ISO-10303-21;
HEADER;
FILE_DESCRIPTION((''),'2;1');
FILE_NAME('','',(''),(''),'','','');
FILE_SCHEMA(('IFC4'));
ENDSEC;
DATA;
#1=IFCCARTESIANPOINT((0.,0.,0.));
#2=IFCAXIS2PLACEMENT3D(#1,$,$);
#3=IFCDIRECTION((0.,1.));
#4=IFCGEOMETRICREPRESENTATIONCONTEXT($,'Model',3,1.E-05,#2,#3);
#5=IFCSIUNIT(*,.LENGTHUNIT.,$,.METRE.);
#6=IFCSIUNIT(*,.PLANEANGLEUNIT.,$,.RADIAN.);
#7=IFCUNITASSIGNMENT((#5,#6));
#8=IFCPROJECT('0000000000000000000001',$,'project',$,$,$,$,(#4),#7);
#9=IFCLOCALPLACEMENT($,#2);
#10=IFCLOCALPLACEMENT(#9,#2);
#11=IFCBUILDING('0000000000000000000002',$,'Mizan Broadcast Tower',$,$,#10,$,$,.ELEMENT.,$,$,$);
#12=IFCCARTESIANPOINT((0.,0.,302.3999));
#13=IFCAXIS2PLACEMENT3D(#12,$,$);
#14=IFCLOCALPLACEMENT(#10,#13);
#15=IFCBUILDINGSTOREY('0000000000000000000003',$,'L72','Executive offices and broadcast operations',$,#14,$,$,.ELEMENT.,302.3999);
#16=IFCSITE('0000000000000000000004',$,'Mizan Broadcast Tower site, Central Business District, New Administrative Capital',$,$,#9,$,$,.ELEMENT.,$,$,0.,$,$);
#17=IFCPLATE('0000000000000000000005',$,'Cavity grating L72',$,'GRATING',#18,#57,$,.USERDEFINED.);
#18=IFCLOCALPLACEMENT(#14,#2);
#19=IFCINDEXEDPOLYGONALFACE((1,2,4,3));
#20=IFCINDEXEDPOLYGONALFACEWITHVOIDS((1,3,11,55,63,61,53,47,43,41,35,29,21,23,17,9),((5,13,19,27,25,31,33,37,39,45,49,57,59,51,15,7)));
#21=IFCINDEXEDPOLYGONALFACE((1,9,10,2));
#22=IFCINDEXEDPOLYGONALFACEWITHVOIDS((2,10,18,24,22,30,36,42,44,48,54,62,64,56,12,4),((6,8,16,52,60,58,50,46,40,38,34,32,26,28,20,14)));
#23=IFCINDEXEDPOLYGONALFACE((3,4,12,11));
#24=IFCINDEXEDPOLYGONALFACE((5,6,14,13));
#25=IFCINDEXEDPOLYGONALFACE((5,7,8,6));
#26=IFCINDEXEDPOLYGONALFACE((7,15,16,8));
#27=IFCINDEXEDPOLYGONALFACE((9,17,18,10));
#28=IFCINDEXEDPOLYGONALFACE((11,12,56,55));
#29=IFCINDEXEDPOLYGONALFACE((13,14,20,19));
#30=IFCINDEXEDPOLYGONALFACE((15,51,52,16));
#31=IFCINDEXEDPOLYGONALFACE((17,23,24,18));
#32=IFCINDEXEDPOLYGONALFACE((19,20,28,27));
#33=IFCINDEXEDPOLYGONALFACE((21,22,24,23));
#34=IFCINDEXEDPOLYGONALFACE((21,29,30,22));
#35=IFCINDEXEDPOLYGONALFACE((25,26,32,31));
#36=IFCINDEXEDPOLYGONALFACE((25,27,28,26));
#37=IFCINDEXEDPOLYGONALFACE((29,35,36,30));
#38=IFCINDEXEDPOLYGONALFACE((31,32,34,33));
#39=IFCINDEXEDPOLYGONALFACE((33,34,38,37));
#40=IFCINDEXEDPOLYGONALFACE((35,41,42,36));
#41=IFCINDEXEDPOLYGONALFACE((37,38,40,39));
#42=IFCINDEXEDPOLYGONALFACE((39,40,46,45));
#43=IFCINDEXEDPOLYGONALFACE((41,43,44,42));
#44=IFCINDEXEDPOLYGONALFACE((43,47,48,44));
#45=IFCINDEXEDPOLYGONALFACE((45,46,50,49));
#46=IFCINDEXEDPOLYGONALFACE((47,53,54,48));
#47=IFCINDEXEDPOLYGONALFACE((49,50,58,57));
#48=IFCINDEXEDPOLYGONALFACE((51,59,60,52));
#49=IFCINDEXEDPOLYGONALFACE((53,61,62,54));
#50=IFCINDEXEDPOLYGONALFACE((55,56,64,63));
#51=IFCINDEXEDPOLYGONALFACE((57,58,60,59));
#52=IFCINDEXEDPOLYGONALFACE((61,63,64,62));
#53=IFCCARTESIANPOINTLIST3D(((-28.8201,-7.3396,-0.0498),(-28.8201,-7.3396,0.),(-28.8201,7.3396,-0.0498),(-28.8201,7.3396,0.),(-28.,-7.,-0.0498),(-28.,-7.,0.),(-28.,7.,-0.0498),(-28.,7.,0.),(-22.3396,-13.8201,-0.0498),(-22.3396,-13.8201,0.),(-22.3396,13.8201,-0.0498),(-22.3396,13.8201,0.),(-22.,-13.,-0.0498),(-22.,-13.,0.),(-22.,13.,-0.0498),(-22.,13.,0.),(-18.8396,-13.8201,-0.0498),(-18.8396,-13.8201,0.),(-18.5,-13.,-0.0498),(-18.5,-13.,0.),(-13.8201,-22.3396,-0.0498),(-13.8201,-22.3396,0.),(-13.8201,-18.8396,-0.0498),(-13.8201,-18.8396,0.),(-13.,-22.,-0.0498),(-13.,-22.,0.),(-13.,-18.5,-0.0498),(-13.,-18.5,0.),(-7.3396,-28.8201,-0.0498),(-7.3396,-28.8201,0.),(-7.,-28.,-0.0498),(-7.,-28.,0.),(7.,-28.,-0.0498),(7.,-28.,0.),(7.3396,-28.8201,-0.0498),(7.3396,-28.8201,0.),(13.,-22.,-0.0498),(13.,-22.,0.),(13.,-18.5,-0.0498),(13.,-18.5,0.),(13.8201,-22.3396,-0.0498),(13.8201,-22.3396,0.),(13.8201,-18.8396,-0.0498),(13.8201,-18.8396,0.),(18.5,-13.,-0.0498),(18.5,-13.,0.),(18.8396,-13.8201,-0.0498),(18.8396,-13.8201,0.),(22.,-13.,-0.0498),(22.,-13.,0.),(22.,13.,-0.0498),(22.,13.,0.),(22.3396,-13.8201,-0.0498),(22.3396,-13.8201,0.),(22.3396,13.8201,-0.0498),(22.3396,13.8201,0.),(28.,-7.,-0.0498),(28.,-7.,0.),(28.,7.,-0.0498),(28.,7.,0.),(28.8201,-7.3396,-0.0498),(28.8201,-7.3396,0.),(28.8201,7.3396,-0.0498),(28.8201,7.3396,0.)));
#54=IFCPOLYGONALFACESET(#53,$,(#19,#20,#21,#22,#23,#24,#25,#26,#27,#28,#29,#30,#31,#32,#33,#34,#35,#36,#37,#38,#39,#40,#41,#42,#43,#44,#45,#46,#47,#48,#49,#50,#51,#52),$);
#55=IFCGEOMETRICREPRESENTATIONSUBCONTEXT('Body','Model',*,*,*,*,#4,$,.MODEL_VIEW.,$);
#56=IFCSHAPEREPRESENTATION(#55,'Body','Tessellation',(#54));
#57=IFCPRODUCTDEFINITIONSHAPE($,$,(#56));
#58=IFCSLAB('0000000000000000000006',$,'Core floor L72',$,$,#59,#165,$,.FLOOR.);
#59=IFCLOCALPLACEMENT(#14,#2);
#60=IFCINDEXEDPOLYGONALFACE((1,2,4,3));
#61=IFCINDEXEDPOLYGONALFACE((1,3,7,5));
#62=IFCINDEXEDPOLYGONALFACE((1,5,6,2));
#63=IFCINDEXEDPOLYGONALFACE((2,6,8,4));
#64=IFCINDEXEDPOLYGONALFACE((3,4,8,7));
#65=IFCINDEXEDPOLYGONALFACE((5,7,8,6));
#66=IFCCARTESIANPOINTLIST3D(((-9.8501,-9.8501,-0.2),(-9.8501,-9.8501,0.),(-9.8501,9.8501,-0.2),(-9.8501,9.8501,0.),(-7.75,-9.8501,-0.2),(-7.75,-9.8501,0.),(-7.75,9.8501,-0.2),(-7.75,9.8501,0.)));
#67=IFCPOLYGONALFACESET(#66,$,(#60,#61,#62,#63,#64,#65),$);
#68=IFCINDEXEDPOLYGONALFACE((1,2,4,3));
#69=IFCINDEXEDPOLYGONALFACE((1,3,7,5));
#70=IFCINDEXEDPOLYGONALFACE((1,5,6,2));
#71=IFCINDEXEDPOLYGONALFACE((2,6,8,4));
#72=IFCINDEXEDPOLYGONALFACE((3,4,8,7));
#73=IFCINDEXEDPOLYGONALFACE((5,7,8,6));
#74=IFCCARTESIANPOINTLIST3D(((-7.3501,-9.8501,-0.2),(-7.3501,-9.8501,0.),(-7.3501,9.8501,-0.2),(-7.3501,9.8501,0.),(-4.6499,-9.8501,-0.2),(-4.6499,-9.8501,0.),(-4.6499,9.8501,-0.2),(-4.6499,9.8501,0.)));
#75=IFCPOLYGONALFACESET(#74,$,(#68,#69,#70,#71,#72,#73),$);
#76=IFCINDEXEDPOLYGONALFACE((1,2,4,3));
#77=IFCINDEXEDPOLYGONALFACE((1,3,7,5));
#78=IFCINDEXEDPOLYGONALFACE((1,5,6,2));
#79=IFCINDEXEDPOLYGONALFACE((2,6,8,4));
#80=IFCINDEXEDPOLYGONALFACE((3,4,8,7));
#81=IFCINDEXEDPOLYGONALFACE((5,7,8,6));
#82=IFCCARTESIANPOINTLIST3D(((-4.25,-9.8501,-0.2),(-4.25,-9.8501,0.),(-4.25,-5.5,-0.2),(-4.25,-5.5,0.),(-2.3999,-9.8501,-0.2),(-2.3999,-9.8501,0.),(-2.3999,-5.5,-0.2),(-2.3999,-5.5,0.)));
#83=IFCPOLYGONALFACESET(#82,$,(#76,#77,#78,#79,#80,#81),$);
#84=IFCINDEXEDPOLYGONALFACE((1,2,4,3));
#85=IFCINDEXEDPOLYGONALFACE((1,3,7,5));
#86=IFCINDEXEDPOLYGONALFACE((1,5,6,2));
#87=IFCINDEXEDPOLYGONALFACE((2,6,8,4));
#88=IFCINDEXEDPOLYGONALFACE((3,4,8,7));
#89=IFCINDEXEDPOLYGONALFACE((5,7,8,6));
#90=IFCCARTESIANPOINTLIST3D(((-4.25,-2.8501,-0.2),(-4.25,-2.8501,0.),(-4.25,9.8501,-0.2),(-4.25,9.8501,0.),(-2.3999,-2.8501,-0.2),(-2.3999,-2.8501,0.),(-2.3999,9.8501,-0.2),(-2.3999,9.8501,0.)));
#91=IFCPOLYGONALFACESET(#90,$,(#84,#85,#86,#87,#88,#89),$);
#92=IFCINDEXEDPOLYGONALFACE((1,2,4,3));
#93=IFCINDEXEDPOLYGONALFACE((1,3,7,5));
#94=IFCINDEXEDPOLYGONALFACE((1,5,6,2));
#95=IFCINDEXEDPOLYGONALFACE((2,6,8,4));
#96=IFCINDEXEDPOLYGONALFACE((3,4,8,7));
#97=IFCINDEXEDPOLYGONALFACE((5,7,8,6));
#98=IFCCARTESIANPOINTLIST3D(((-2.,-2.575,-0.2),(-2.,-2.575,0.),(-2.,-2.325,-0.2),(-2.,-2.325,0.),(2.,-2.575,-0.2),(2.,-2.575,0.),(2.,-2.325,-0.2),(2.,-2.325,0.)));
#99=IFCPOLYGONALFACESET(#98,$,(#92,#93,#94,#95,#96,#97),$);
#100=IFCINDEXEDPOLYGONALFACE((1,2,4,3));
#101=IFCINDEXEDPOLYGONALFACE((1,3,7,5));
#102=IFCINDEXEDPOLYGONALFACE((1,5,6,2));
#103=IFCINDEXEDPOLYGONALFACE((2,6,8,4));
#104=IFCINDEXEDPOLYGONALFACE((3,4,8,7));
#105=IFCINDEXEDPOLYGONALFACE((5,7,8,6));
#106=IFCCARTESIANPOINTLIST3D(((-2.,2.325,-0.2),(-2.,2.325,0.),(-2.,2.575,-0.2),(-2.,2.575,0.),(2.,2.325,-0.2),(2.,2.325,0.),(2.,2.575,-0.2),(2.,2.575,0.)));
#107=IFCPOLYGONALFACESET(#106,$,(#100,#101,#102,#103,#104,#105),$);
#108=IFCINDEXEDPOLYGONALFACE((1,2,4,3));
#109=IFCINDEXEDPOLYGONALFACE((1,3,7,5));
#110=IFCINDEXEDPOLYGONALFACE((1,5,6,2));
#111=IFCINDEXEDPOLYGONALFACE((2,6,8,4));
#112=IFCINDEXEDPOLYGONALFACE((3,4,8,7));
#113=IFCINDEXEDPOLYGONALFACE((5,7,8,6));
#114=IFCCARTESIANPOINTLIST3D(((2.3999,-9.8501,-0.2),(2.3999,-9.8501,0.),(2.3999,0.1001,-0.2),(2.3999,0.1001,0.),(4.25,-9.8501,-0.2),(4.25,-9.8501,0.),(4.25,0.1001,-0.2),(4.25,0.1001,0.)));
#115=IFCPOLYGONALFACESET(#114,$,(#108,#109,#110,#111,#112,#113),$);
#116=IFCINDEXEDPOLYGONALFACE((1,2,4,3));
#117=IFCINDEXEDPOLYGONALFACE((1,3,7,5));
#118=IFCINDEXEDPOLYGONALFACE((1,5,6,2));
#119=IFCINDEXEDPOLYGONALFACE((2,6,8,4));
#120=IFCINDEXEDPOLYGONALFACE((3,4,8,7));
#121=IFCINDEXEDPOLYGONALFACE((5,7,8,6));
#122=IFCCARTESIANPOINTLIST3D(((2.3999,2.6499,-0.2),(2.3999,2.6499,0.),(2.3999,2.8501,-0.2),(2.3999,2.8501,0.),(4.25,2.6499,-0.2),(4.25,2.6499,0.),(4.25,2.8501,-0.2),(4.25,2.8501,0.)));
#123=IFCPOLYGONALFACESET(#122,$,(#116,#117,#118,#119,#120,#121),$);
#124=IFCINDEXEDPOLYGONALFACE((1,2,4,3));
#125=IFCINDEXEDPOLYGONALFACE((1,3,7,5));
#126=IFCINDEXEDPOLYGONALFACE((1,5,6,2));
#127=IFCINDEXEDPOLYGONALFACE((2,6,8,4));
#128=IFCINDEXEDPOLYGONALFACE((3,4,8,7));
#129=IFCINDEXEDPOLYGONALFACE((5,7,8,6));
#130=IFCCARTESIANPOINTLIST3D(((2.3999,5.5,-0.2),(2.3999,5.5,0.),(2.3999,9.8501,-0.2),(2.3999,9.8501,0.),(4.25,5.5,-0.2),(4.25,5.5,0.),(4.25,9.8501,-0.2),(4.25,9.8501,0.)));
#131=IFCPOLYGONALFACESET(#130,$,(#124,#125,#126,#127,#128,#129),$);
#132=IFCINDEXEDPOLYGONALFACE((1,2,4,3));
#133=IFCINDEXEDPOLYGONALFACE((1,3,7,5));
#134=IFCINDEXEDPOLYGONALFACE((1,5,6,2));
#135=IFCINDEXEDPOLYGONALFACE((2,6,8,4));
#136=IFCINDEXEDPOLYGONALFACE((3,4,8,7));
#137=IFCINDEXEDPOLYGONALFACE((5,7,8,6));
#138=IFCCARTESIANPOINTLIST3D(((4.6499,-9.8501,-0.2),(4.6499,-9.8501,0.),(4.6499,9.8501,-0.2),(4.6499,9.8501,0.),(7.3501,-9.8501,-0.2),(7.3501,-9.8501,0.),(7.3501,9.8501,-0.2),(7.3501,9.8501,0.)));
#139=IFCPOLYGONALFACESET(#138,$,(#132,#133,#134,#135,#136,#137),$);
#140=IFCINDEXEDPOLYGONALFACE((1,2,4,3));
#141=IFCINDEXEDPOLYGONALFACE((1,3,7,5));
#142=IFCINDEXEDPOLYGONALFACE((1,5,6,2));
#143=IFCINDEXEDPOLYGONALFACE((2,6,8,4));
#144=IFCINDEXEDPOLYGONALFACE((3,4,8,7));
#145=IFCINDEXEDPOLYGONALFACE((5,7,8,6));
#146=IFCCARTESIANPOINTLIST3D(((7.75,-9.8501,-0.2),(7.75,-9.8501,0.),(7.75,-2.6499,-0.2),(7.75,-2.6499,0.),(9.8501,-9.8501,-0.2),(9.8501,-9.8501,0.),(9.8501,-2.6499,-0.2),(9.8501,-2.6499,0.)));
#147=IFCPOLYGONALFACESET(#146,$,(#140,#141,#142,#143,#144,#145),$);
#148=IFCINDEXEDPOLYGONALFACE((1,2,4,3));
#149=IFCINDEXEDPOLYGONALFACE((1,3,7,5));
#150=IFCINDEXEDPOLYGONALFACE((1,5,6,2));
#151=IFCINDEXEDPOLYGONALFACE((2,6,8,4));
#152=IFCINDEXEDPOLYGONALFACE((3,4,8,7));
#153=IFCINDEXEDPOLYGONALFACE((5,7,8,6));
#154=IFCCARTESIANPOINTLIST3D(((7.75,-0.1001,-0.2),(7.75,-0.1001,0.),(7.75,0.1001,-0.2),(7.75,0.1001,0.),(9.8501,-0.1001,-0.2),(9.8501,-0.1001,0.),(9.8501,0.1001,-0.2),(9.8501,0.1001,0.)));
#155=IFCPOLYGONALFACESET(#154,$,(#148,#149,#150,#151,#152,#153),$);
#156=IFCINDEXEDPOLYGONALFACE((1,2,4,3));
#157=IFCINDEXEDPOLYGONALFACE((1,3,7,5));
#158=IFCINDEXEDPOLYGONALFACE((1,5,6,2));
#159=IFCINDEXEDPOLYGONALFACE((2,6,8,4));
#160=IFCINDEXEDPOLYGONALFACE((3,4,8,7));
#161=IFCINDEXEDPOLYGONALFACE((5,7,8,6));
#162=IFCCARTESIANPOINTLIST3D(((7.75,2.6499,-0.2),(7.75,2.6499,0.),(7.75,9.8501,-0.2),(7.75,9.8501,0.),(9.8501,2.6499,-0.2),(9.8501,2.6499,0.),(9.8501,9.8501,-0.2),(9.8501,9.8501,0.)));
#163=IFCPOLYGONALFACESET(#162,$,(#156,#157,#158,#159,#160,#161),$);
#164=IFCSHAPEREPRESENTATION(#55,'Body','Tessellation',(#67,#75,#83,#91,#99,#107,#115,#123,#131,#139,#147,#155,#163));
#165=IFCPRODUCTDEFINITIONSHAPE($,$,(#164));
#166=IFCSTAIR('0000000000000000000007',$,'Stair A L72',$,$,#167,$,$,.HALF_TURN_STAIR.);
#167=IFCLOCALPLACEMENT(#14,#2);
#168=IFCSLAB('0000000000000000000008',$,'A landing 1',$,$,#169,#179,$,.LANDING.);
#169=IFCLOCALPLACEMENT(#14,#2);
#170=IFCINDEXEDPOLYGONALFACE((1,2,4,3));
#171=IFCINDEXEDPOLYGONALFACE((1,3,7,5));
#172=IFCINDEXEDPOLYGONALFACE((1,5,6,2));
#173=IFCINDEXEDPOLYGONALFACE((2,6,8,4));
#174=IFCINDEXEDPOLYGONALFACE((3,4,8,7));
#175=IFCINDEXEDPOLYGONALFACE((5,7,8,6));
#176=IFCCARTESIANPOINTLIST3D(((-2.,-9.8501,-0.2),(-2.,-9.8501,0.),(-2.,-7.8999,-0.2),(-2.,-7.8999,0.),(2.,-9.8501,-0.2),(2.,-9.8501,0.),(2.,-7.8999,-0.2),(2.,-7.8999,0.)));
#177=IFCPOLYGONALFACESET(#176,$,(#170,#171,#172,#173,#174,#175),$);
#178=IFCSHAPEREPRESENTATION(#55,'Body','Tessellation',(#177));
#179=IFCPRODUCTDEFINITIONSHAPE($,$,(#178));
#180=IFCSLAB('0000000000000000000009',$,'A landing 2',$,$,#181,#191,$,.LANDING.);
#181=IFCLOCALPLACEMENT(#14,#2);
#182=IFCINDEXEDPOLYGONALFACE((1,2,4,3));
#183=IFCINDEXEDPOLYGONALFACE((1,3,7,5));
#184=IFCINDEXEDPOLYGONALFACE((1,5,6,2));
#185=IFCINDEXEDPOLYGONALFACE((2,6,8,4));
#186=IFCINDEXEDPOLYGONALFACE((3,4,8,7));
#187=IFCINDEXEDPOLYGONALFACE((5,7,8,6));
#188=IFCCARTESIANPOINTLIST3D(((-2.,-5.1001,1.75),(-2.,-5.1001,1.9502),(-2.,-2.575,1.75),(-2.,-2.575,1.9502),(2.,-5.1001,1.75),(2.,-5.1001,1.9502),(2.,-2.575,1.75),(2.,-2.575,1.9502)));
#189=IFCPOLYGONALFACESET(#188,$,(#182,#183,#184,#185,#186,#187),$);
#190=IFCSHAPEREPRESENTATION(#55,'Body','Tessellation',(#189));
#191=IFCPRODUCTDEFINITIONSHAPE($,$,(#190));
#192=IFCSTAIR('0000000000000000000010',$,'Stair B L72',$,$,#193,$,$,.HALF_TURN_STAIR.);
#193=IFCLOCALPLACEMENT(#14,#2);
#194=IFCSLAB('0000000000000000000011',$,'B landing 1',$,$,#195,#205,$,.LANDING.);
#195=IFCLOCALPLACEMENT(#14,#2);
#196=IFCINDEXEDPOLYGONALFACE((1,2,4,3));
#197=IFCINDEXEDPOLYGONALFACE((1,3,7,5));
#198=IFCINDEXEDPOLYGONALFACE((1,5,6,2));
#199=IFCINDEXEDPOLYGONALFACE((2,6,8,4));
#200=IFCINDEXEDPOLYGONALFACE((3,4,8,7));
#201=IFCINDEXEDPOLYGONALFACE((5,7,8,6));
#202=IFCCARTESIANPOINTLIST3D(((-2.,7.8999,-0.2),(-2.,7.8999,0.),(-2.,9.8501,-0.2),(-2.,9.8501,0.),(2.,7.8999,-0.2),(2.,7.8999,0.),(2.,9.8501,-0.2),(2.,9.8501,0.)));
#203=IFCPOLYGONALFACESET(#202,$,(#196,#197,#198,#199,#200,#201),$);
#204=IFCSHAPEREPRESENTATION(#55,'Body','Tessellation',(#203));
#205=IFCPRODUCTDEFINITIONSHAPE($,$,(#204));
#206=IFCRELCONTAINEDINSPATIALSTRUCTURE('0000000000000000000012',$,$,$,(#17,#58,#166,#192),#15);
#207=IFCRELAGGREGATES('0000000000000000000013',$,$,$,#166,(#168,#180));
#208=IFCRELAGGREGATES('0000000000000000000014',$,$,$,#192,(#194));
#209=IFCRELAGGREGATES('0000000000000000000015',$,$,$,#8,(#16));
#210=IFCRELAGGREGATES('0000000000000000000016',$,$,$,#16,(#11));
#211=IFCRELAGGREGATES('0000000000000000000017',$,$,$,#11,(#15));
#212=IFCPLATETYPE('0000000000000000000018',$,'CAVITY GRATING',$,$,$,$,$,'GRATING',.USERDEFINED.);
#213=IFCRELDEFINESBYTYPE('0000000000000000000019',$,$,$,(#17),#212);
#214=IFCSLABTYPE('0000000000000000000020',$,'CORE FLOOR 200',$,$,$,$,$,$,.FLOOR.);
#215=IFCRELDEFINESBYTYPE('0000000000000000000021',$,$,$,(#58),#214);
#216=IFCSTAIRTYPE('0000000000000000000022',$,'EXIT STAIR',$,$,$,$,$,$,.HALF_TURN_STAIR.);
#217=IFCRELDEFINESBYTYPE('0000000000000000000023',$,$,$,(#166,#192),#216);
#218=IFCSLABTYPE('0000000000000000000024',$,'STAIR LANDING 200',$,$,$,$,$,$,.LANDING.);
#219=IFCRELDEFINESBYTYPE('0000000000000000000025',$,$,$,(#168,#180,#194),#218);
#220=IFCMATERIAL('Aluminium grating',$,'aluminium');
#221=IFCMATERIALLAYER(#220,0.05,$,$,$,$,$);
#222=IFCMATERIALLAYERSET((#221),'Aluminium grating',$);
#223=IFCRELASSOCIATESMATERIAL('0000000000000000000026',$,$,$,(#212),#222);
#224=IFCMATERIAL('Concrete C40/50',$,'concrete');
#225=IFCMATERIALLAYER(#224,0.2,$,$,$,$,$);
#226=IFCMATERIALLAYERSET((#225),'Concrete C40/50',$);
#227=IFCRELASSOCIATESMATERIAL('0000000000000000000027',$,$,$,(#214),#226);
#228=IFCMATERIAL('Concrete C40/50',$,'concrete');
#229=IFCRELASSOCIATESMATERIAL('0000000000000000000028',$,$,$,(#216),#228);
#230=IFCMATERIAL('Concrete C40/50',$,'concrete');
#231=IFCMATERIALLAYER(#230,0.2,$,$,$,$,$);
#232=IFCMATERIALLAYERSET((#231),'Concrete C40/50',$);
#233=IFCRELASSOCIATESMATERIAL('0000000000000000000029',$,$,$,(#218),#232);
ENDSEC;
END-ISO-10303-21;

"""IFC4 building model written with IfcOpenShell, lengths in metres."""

from ifc_helpers import new_model, si_unit, direction, frame, origin, place, context, subcontext, project, spatial, polyline, outline, extrude, material, layer, layer_set, type_object, element, aggregate, save


model = new_model("IFC4")

# Units and contexts
model_context = context("Model", 3, precision=1e-05, world=origin(), true_north=direction((0.0, 1.0)))
body_context = subcontext(model_context, "Body", "Model", "MODEL_VIEW")
ifc_project = project(units=[si_unit("LENGTHUNIT", "METRE"), si_unit("PLANEANGLEUNIT", "RADIAN")], contexts=[model_context])

# Site, building, storey
site_placement = place(None, origin())
site = spatial("IfcSite", under=ifc_project, at=site_placement, Name="Mizan Broadcast Tower site, Central Business District, New Administrative Capital", CompositionType="ELEMENT", RefElevation=0.0)
building_placement = place(site_placement, origin())
building = spatial("IfcBuilding", under=site, at=building_placement, Name="Mizan Broadcast Tower", CompositionType="ELEMENT")
storey_placement = place(building_placement, frame((0.0, 0.0, 302.3999)))
storey = spatial("IfcBuildingStorey", under=building, at=storey_placement, Name="L72", Description="Executive offices and broadcast operations", CompositionType="ELEMENT", Elevation=302.3999)

# Plate
ifc_material_1 = material(Name="Aluminium grating", Category="aluminium")
ifc_layer_1 = layer(ifc_material_1, 0.05)
ifc_layer_set_1 = layer_set([ifc_layer_1], Name="Aluminium grating")
plate_type = type_object("IfcPlateType", Name="CAVITY GRATING", ElementType="GRATING", PredefinedType="USERDEFINED", material=ifc_layer_set_1)
plate_placement = place(storey_placement, frame((0.0, 0.0, -0.0498)))
element("IfcPlate", 1, at=plate_placement, inside=storey, type_object=plate_type, Name="Cavity grating L72", ObjectType="GRATING", PredefinedType="USERDEFINED", context=body_context, shape_type="SweptSolid", body=[
    extrude(outline(polyline([(-22.3396, 13.8201), (-28.8201, 7.3396), (-28.8201, -7.3396), (-22.3396, -13.8201), (-18.8396, -13.8201), (-13.8201, -18.8396), (-13.8201, -22.3396), (-7.3396, -28.8201), (7.3396, -28.8201), (13.8201, -22.3396), (13.8201, -18.8396), (18.8396, -13.8201), (22.3396, -13.8201), (28.8201, -7.3396), (28.8201, 7.3396), (22.3396, 13.8201), (-22.3396, 13.8201)]), holes=[polyline([(-18.5, -13.0), (-22.0, -13.0), (-28.0, -7.0), (-28.0, 7.0), (-22.0, 13.0), (22.0, 13.0), (28.0, 7.0), (28.0, -7.0), (22.0, -13.0), (18.5, -13.0), (13.0, -18.5), (13.0, -22.0), (7.0, -28.0), (-7.0, -28.0), (-13.0, -22.0), (-13.0, -18.5), (-18.5, -13.0)])]), origin(), (0.0, 0.0, 1.0), 0.0498),
])

# Slab
ifc_material_2 = material(Name="Concrete C40/50", Category="concrete")
ifc_layer_2 = layer(ifc_material_2, 0.2)
ifc_layer_set_2 = layer_set([ifc_layer_2], Name="Concrete C40/50")
slab_type_1 = type_object("IfcSlabType", Name="CORE FLOOR 200", PredefinedType="FLOOR", material=ifc_layer_set_2)
slab_1_placement = place(storey_placement, frame((0.0, 0.0, -0.2)))
element("IfcSlab", 2, at=slab_1_placement, inside=storey, type_object=slab_type_1, Name="Core floor L72", PredefinedType="FLOOR", context=body_context, shape_type="SweptSolid", body=[
    extrude(outline(polyline([(-9.8501, -9.8501), (-7.75, -9.8501), (-7.75, 9.8501), (-9.8501, 9.8501), (-9.8501, -9.8501)])), origin(), (0.0, 0.0, 1.0), 0.2),
    extrude(outline(polyline([(-4.6499, 9.8501), (-7.3501, 9.8501), (-7.3501, -9.8501), (-4.6499, -9.8501), (-4.6499, 9.8501)])), origin(), (0.0, 0.0, 1.0), 0.2),
    extrude(outline(polyline([(-4.25, -5.5), (-4.25, -9.8501), (-2.3999, -9.8501), (-2.3999, -5.5), (-4.25, -5.5)])), origin(), (0.0, 0.0, 1.0), 0.2),
    extrude(outline(polyline([(-4.25, -2.8501), (-2.3999, -2.8501), (-2.3999, 9.8501), (-4.25, 9.8501), (-4.25, -2.8501)])), origin(), (0.0, 0.0, 1.0), 0.2),
    extrude(outline(polyline([(2.0, -2.325), (-2.0, -2.325), (-2.0, -2.575), (2.0, -2.575), (2.0, -2.325)])), origin(), (0.0, 0.0, 1.0), 0.2),
    extrude(outline(polyline([(2.0, 2.575), (-2.0, 2.575), (-2.0, 2.325), (2.0, 2.325), (2.0, 2.575)])), origin(), (0.0, 0.0, 1.0), 0.2),
    extrude(outline(polyline([(4.25, -9.8501), (4.25, 0.1001), (2.3999, 0.1001), (2.3999, -9.8501), (4.25, -9.8501)])), origin(), (0.0, 0.0, 1.0), 0.2),
    extrude(outline(polyline([(4.25, 2.6499), (4.25, 2.8501), (2.3999, 2.8501), (2.3999, 2.6499), (4.25, 2.6499)])), origin(), (0.0, 0.0, 1.0), 0.2),
    extrude(outline(polyline([(4.25, 5.5), (4.25, 9.8501), (2.3999, 9.8501), (2.3999, 5.5), (4.25, 5.5)])), origin(), (0.0, 0.0, 1.0), 0.2),
    extrude(outline(polyline([(4.6499, 9.8501), (4.6499, -9.8501), (7.3501, -9.8501), (7.3501, 9.8501), (4.6499, 9.8501)])), origin(), (0.0, 0.0, 1.0), 0.2),
    extrude(outline(polyline([(9.8501, -9.8501), (9.8501, -2.6499), (7.75, -2.6499), (7.75, -9.8501), (9.8501, -9.8501)])), origin(), (0.0, 0.0, 1.0), 0.2),
    extrude(outline(polyline([(9.8501, -0.1001), (9.8501, 0.1001), (7.75, 0.1001), (7.75, -0.1001), (9.8501, -0.1001)])), origin(), (0.0, 0.0, 1.0), 0.2),
    extrude(outline(polyline([(7.75, 9.8501), (7.75, 2.6499), (9.8501, 2.6499), (9.8501, 9.8501), (7.75, 9.8501)])), origin(), (0.0, 0.0, 1.0), 0.2),
])

# Stairs, slabs
ifc_material_3 = material(Name="Concrete C40/50", Category="concrete")
stair_type = type_object("IfcStairType", Name="EXIT STAIR", PredefinedType="HALF_TURN_STAIR", material=ifc_material_3)
stair_1_placement = place(storey_placement, origin())
stair_1 = element("IfcStair", 3, at=stair_1_placement, inside=storey, type_object=stair_type, Name="Stair A L72", PredefinedType="HALF_TURN_STAIR")
ifc_material_4 = material(Name="Concrete C40/50", Category="concrete")
ifc_layer_3 = layer(ifc_material_4, 0.2)
ifc_layer_set_3 = layer_set([ifc_layer_3], Name="Concrete C40/50")
slab_type_2 = type_object("IfcSlabType", Name="STAIR LANDING 200", PredefinedType="LANDING", material=ifc_layer_set_3)
slab_2_placement = place(storey_placement, frame((0.0, 0.0, -0.2)))
slab_2 = element("IfcSlab", 4, at=slab_2_placement, type_object=slab_type_2, Name="A landing 1", PredefinedType="LANDING", context=body_context, shape_type="SweptSolid", body=[
    extrude(outline(polyline([(-2.0, -9.8501), (-2.0, -7.8999), (2.0, -7.8999), (2.0, -9.8501), (-2.0, -9.8501)])), origin(), (0.0, 0.0, 1.0), 0.2),
])
slab_3_placement = place(storey_placement, frame((0.0, 0.0, 1.75)))
slab_3 = element("IfcSlab", 5, at=slab_3_placement, type_object=slab_type_2, Name="A landing 2", PredefinedType="LANDING", context=body_context, shape_type="SweptSolid", body=[
    extrude(outline(polyline([(-2.0, -5.1001), (-2.0, -2.575), (2.0, -2.575), (2.0, -5.1001), (-2.0, -5.1001)])), origin(), (0.0, 0.0, 1.0), 0.2002),
])
aggregate(stair_1, [slab_2, slab_3])
stair_2_placement = place(storey_placement, origin())
stair_2 = element("IfcStair", 6, at=stair_2_placement, inside=storey, type_object=stair_type, Name="Stair B L72", PredefinedType="HALF_TURN_STAIR")
slab_4_placement = place(storey_placement, frame((0.0, 0.0, -0.2)))
slab_4 = element("IfcSlab", 7, at=slab_4_placement, type_object=slab_type_2, Name="B landing 1", PredefinedType="LANDING", context=body_context, shape_type="SweptSolid", body=[
    extrude(outline(polyline([(2.0, 9.8501), (2.0, 7.8999), (-2.0, 7.8999), (-2.0, 9.8501), (2.0, 9.8501)])), origin(), (0.0, 0.0, 1.0), 0.2),
])
aggregate(stair_2, [slab_4])

save(model, "model.ifc")
